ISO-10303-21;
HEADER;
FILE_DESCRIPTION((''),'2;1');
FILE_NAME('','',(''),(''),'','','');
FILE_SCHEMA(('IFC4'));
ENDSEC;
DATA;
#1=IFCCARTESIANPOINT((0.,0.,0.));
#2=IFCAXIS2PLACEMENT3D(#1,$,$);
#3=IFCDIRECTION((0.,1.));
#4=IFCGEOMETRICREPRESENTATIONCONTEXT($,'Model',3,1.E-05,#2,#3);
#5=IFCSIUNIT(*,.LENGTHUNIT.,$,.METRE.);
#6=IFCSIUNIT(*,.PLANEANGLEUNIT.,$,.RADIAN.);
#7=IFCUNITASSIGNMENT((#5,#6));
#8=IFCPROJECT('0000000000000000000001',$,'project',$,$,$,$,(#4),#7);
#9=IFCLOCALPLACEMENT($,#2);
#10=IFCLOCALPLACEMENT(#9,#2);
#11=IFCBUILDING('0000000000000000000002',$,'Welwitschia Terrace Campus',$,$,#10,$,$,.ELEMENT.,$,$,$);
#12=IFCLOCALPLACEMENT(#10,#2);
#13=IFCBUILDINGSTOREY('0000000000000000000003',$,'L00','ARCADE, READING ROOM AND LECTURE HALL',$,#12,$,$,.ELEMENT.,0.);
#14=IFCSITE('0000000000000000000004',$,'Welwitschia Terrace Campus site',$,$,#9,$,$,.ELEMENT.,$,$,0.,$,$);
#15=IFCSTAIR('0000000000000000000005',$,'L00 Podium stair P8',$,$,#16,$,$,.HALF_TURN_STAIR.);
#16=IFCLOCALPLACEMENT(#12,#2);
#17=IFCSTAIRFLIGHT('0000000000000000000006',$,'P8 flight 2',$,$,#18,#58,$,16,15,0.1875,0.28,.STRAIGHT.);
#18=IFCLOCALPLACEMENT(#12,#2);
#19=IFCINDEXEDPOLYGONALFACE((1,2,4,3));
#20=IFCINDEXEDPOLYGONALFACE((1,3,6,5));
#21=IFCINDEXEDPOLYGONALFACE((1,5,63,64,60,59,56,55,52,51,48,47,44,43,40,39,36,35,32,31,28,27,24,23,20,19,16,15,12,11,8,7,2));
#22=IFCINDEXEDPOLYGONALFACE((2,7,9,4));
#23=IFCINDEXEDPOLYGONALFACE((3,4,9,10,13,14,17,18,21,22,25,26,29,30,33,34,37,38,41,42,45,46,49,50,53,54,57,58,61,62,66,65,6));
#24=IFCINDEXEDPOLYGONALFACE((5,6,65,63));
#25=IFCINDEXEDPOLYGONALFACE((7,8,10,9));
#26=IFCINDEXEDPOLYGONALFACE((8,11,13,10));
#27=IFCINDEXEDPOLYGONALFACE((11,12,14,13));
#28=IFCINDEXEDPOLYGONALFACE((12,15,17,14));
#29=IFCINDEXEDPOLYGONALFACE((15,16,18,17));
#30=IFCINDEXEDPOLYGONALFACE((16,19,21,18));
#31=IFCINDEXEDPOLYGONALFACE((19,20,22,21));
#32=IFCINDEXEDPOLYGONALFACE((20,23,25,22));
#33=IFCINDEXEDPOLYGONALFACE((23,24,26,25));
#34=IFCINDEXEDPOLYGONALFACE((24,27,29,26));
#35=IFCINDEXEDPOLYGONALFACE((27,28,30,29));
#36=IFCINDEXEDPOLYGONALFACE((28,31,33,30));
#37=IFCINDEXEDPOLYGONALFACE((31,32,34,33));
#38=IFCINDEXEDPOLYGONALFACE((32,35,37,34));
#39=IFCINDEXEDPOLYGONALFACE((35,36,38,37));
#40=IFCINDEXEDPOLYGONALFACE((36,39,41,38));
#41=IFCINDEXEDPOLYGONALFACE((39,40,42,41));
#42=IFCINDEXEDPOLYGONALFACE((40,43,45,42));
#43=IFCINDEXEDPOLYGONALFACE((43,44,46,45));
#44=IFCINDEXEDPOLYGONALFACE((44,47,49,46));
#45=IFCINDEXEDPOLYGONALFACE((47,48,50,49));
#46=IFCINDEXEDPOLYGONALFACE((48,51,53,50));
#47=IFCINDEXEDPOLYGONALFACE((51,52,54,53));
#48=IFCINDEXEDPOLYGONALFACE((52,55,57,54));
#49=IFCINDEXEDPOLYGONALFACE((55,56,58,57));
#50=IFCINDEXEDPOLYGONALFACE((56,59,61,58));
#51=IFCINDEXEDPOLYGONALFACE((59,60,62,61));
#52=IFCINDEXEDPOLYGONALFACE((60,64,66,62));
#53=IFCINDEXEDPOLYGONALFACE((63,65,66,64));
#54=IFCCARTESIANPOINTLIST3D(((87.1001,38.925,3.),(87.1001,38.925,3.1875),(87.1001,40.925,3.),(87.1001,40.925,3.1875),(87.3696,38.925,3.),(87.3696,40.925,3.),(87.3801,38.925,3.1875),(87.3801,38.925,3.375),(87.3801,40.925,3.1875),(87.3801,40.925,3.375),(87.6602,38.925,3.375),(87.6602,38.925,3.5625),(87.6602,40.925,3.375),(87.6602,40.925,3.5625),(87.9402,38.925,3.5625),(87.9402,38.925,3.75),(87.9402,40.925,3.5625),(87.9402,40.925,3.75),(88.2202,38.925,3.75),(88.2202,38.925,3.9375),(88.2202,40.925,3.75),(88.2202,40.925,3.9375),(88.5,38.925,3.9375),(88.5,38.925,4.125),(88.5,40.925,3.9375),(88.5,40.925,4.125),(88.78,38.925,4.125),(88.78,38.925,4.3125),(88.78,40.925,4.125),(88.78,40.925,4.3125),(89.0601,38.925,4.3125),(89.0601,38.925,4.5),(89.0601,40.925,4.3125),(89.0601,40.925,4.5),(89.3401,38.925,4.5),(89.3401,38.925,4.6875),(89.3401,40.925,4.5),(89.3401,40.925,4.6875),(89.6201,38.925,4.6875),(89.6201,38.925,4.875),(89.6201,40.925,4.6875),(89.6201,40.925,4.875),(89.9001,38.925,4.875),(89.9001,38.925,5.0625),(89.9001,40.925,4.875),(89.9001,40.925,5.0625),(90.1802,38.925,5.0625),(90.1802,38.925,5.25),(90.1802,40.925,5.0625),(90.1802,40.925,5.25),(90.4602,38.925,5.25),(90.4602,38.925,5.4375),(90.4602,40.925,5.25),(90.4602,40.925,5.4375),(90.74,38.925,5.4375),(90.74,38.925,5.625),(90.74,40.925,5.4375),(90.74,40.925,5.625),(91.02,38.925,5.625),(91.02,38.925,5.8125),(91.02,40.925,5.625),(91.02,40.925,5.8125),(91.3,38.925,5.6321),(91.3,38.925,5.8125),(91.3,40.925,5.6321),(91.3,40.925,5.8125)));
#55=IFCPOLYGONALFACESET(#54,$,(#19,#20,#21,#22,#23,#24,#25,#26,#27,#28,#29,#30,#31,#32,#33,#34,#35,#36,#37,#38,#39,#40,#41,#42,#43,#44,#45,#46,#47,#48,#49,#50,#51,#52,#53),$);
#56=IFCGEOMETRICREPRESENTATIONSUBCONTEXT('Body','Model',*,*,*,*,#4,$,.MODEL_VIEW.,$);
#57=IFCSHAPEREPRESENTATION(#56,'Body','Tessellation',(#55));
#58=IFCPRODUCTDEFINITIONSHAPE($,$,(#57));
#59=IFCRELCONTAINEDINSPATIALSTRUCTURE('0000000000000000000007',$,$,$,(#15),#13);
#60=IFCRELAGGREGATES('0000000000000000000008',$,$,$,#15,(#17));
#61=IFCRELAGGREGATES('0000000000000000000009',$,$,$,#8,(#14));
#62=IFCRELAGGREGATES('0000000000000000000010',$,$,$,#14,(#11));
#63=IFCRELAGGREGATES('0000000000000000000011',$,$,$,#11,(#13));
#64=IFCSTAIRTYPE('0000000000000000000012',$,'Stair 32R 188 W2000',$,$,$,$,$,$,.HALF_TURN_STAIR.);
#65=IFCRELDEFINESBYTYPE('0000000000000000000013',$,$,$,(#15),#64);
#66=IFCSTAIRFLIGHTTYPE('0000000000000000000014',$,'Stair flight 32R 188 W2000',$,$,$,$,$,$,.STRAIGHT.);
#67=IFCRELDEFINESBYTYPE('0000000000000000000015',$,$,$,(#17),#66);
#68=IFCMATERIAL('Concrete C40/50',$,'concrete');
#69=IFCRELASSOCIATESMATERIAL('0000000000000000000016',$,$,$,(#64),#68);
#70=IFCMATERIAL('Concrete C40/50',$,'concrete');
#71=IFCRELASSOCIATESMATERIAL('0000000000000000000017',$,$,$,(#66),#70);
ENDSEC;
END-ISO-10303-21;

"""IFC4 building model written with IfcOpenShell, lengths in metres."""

from ifc_helpers import new_model, si_unit, direction, frame, origin, place, context, subcontext, project, spatial, polyline, outline, extrude, material, type_object, element, aggregate, save


model = new_model("IFC4")

# Units and contexts
model_context = context("Model", 3, precision=1e-05, world=origin(), true_north=direction((0.0, 1.0)))
body_context = subcontext(model_context, "Body", "Model", "MODEL_VIEW")
ifc_project = project(units=[si_unit("LENGTHUNIT", "METRE"), si_unit("PLANEANGLEUNIT", "RADIAN")], contexts=[model_context])

# Site, building, storey
site_placement = place(None, origin())
site = spatial("IfcSite", under=ifc_project, at=site_placement, Name="Welwitschia Terrace Campus site", CompositionType="ELEMENT", RefElevation=0.0)
building_placement = place(site_placement, origin())
building = spatial("IfcBuilding", under=site, at=building_placement, Name="Welwitschia Terrace Campus", CompositionType="ELEMENT")
storey_placement = place(building_placement, origin())
storey = spatial("IfcBuildingStorey", under=building, at=storey_placement, Name="L00", Description="ARCADE, READING ROOM AND LECTURE HALL", CompositionType="ELEMENT", Elevation=0.0)

# Stair, stair flight
ifc_material_1 = material(Name="Concrete C40/50", Category="concrete")
stair_type = type_object("IfcStairType", Name="Stair 32R 188 W2000", PredefinedType="HALF_TURN_STAIR", material=ifc_material_1)
stair_placement = place(storey_placement, origin())
stair = element("IfcStair", 1, at=stair_placement, inside=storey, type_object=stair_type, Name="L00 Podium stair P8", PredefinedType="HALF_TURN_STAIR")
ifc_material_2 = material(Name="Concrete C40/50", Category="concrete")
stair_flight_type = type_object("IfcStairFlightType", Name="Stair flight 32R 188 W2000", PredefinedType="STRAIGHT", material=ifc_material_2)
stair_flight_1_placement = place(storey_placement, frame((87.1001, 39.925, 3.0), z_axis=(0.0, 0.0, 1.0), x_axis=(1.0, 0.0, 0.0)))
stair_flight_1 = element("IfcStairFlight", 2, at=stair_flight_1_placement, type_object=stair_flight_type, Name="P8 flight 2", NumberOfRisers=16, NumberOfTreads=15, PredefinedType="STRAIGHT", RiserHeight=0.1875, TreadLength=0.28, context=body_context, shape_type="SweptSolid", body=[
    extrude(outline(polyline([(0.0, 0.0), (0.0, 0.1875), (0.28, 0.1875), (0.28, 0.375), (0.5601, 0.375), (0.5601, 0.5625), (0.8401, 0.5625), (0.8401, 0.75), (1.1201, 0.75), (1.1201, 0.9375), (1.3999, 0.9375), (1.3999, 1.125), (1.6799, 1.125), (1.6799, 1.3125), (1.96, 1.3125), (1.96, 1.5), (2.24, 1.5), (2.24, 1.6875), (2.52, 1.6875), (2.52, 1.875), (2.8, 1.875), (2.8, 2.0625), (3.0801, 2.0625), (3.0801, 2.25), (3.3601, 2.25), (3.3601, 2.4375), (3.6399, 2.4375), (3.6399, 2.625), (3.9199, 2.625), (3.9199, 2.8125), (4.2, 2.8125), (4.2, 3.0), (4.2, 2.6321), (0.2695, 0.0), (0.0, 0.0)])), frame((0.0, 1.0, 0.0), z_axis=(0.0, -1.0, 0.0), x_axis=(1.0, 0.0, 0.0)), (0.0, 0.0, 1.0), 2.0),
])
aggregate(stair, [stair_flight_1])

save(model, "model.ifc")
